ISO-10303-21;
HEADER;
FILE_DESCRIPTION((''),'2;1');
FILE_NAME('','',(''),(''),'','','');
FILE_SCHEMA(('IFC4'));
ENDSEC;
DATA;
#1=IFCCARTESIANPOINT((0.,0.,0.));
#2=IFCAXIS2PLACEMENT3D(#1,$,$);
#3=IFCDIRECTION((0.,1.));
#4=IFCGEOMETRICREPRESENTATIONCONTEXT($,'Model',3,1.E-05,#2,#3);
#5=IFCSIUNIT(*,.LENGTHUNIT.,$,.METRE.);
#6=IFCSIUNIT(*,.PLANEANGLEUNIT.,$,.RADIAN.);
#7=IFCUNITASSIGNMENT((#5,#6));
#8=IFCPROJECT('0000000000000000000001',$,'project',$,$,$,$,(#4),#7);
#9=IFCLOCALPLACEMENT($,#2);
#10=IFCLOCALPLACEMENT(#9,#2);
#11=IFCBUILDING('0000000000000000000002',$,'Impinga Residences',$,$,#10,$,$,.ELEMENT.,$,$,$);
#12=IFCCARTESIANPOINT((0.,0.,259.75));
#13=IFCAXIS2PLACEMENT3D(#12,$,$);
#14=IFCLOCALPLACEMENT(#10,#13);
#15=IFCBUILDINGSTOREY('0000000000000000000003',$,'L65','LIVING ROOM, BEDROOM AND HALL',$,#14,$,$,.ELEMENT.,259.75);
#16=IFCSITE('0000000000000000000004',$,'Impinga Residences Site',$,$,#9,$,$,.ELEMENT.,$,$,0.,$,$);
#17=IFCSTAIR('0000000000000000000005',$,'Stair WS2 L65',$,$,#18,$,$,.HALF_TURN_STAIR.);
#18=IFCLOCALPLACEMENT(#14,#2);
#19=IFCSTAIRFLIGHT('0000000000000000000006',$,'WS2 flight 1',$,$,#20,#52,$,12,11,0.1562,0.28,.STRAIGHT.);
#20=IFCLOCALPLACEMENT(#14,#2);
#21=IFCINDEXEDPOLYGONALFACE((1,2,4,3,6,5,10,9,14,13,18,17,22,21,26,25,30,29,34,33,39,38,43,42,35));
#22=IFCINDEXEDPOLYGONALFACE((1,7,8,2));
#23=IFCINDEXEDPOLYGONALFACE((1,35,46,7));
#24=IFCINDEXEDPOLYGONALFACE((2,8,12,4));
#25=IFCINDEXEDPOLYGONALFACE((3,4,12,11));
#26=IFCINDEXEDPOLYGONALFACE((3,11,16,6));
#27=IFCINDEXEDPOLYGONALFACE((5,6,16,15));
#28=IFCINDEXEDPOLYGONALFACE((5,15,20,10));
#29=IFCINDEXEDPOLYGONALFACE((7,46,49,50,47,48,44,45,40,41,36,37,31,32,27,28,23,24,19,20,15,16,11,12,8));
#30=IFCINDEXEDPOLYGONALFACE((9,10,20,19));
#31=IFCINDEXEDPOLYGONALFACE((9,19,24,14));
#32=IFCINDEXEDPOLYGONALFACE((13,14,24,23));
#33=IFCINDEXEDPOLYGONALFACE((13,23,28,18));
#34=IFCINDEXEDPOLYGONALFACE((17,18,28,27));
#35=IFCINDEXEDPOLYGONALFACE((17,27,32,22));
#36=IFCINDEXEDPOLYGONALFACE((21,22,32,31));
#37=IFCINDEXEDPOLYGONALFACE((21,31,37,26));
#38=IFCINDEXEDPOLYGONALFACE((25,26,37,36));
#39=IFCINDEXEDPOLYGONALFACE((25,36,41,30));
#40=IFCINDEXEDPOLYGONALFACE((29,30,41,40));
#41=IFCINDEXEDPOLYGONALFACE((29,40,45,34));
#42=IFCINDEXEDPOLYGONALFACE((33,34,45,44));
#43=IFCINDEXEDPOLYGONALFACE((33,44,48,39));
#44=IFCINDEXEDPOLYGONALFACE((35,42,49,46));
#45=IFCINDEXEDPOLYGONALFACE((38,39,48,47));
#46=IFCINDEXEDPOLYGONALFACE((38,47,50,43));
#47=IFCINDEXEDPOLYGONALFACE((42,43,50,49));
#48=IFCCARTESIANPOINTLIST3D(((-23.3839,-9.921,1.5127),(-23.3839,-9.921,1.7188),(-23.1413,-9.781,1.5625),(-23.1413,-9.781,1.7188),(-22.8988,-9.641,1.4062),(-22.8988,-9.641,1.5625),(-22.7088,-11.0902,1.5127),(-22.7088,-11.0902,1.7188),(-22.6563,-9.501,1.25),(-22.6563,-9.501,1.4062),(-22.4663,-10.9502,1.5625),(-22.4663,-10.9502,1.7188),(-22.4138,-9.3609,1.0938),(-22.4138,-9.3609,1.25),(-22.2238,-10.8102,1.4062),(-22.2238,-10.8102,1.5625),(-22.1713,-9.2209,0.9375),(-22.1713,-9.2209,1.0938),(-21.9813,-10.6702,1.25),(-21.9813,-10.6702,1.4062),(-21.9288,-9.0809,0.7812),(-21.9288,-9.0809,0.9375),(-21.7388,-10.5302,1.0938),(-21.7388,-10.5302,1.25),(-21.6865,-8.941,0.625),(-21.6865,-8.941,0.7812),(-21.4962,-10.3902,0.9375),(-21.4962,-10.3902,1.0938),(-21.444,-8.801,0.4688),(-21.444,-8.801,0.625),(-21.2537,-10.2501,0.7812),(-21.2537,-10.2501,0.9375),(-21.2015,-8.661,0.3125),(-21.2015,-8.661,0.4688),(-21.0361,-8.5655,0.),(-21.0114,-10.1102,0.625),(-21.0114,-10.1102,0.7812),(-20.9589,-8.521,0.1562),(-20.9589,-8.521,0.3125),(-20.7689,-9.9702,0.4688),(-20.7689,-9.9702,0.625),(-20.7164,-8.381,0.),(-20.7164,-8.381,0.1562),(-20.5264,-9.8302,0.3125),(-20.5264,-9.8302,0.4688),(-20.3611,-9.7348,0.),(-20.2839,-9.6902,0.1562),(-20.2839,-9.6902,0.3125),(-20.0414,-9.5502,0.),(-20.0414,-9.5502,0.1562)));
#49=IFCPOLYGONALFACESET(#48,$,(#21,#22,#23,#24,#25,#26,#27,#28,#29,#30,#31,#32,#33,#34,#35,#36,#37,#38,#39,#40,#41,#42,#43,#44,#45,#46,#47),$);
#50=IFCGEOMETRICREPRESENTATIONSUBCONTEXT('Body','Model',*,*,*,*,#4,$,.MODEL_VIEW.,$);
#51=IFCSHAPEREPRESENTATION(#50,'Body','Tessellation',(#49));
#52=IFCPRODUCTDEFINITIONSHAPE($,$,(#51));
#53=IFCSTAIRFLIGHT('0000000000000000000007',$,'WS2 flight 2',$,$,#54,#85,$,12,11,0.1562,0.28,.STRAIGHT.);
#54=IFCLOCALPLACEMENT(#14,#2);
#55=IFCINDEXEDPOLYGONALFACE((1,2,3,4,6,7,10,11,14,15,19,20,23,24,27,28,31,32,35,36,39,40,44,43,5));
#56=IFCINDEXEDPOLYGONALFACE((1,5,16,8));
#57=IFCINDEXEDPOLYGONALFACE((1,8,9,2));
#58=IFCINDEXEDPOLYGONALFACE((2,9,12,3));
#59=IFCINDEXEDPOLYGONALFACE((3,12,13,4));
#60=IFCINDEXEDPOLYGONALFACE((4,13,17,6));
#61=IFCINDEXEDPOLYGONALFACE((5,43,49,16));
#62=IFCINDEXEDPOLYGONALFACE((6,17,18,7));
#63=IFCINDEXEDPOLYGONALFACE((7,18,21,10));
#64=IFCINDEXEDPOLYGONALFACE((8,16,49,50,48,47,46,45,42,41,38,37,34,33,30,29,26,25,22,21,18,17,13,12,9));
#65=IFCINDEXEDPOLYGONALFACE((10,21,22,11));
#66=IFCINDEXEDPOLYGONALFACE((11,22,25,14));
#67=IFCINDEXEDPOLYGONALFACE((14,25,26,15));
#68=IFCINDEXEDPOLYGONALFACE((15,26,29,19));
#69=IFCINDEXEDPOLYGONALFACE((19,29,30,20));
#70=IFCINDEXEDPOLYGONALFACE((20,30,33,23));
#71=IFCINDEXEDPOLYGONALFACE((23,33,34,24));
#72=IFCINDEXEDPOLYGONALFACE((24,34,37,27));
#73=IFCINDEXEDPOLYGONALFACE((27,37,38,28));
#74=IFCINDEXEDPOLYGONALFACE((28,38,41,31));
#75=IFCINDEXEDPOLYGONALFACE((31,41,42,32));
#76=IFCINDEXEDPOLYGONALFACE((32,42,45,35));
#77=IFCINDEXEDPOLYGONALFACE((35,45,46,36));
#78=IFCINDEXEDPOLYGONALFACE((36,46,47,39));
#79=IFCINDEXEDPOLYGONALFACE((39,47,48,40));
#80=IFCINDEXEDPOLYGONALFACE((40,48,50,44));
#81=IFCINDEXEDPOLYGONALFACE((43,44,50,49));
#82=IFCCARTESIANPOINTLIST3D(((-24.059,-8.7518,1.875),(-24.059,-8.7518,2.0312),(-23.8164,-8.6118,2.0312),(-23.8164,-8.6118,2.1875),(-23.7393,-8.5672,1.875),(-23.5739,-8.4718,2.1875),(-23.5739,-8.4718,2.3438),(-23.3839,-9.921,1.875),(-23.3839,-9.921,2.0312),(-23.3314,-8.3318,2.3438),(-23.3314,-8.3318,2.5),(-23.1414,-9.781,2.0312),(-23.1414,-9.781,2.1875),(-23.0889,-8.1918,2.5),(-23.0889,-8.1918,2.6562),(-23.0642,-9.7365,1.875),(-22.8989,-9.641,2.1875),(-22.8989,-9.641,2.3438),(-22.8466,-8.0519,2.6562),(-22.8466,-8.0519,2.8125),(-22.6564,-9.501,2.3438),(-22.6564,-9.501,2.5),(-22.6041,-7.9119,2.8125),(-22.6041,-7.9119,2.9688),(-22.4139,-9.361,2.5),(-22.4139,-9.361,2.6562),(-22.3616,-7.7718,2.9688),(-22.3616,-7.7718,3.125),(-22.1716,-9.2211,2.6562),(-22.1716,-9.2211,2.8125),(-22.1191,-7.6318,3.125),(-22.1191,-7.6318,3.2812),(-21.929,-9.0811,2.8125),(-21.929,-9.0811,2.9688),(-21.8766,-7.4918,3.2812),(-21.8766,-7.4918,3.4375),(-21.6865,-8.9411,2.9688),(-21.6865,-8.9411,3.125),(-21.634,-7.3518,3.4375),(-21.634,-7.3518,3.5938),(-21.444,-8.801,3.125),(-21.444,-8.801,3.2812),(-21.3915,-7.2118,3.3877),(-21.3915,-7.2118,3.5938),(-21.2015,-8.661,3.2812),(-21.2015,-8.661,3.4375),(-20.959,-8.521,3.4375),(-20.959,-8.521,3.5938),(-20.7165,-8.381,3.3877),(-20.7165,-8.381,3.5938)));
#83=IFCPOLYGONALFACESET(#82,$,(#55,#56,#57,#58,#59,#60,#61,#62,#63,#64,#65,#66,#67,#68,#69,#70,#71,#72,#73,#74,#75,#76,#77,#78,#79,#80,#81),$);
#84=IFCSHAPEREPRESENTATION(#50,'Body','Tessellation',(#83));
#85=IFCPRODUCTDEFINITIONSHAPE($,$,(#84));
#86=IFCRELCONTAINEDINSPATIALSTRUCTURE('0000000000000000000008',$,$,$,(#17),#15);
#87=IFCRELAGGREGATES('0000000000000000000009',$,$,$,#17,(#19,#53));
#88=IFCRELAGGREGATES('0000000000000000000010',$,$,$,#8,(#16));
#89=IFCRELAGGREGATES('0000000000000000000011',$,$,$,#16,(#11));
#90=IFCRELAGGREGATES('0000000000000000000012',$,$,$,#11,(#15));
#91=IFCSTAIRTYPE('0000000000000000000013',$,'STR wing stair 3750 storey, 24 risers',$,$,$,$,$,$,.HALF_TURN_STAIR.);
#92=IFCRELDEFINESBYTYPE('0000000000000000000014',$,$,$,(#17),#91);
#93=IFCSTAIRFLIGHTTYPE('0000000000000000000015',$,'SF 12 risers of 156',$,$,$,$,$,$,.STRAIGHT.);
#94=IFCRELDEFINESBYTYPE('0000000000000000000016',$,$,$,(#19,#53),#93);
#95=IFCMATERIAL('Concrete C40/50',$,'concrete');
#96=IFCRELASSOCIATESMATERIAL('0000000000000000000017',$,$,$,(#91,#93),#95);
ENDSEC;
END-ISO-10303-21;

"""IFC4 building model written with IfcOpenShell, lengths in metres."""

from ifc_helpers import new_model, si_unit, direction, frame, origin, place, context, subcontext, project, spatial, polyline, outline, extrude, material, type_object, element, aggregate, save


model = new_model("IFC4")

# Units and contexts
model_context = context("Model", 3, precision=1e-05, world=origin(), true_north=direction((0.0, 1.0)))
body_context = subcontext(model_context, "Body", "Model", "MODEL_VIEW")
ifc_project = project(units=[si_unit("LENGTHUNIT", "METRE"), si_unit("PLANEANGLEUNIT", "RADIAN")], contexts=[model_context])

# Site, building, storey
site_placement = place(None, origin())
site = spatial("IfcSite", under=ifc_project, at=site_placement, Name="Impinga Residences Site", CompositionType="ELEMENT", RefElevation=0.0)
building_placement = place(site_placement, origin())
building = spatial("IfcBuilding", under=site, at=building_placement, Name="Impinga Residences", CompositionType="ELEMENT")
storey_placement = place(building_placement, frame((0.0, 0.0, 259.75)))
storey = spatial("IfcBuildingStorey", under=building, at=storey_placement, Name="L65", Description="LIVING ROOM, BEDROOM AND HALL", CompositionType="ELEMENT", Elevation=259.75)

# Stair, stair flights
ifc_material_1 = material(Name="Concrete C40/50", Category="concrete")
stair_type = type_object("IfcStairType", Name="STR wing stair 3750 storey, 24 risers", PredefinedType="HALF_TURN_STAIR", material=ifc_material_1)
stair_placement = place(storey_placement, origin())
stair = element("IfcStair", 1, at=stair_placement, inside=storey, type_object=stair_type, Name="Stair WS2 L65", PredefinedType="HALF_TURN_STAIR")
stair_flight_type = type_object("IfcStairFlightType", Name="SF 12 risers of 156", PredefinedType="STRAIGHT", material=ifc_material_1)
stair_flight_1_placement = place(storey_placement, frame((-20.3789, -8.9656, 0.0), z_axis=(0.0, 0.0, 1.0), x_axis=(-0.866025, -0.5, 0.0)))
stair_flight_1 = element("IfcStairFlight", 2, at=stair_flight_1_placement, type_object=stair_flight_type, Name="WS2 flight 1", NumberOfRisers=12, NumberOfTreads=11, PredefinedType="STRAIGHT", RiserHeight=0.1562, TreadLength=0.28, context=body_context, shape_type="SweptSolid", body=[
    extrude(outline(polyline([(0.0, 0.0), (0.0, 0.1562), (0.28, 0.1562), (0.28, 0.3125), (0.5601, 0.3125), (0.5601, 0.4688), (0.8401, 0.4688), (0.8401, 0.625), (1.1201, 0.625), (1.1201, 0.7812), (1.3999, 0.7812), (1.3999, 0.9375), (1.6799, 0.9375), (1.6799, 1.0938), (1.96, 1.0938), (1.96, 1.25), (2.24, 1.25), (2.24, 1.4062), (2.52, 1.4062), (2.52, 1.5625), (2.8, 1.5625), (2.8, 1.7188), (3.0801, 1.7188), (3.0801, 1.875), (3.0801, 1.5127), (0.3691, 0.0), (0.0, 0.0)])), frame((0.0, 0.675, 0.0), z_axis=(0.0, -1.0, 0.0), x_axis=(1.0, 0.0, 0.0)), (0.0, 0.0, 1.0), 1.3501),
])
stair_flight_2_placement = place(storey_placement, frame((-23.7214, -9.3364, 1.875), z_axis=(0.0, 0.0, 1.0), x_axis=(0.866025, 0.5, 0.0)))
stair_flight_2 = element("IfcStairFlight", 3, at=stair_flight_2_placement, type_object=stair_flight_type, Name="WS2 flight 2", NumberOfRisers=12, NumberOfTreads=11, PredefinedType="STRAIGHT", RiserHeight=0.1562, TreadLength=0.28, context=body_context, shape_type="SweptSolid", body=[
    extrude(outline(polyline([(0.0, 0.0), (0.0, 0.1562), (0.28, 0.1562), (0.28, 0.3125), (0.5601, 0.3125), (0.5601, 0.4688), (0.8401, 0.4688), (0.8401, 0.625), (1.1201, 0.625), (1.1201, 0.7812), (1.3999, 0.7812), (1.3999, 0.9375), (1.6799, 0.9375), (1.6799, 1.0938), (1.96, 1.0938), (1.96, 1.25), (2.24, 1.25), (2.24, 1.4062), (2.52, 1.4062), (2.52, 1.5625), (2.8, 1.5625), (2.8, 1.7188), (3.0801, 1.7188), (3.0801, 1.875), (3.0801, 1.5127), (0.3691, 0.0), (0.0, 0.0)])), frame((0.0, 0.675, 0.0), z_axis=(0.0, -1.0, 0.0), x_axis=(1.0, 0.0, 0.0)), (0.0, 0.0, 1.0), 1.3501),
])
aggregate(stair, [stair_flight_1, stair_flight_2])

save(model, "model.ifc")
